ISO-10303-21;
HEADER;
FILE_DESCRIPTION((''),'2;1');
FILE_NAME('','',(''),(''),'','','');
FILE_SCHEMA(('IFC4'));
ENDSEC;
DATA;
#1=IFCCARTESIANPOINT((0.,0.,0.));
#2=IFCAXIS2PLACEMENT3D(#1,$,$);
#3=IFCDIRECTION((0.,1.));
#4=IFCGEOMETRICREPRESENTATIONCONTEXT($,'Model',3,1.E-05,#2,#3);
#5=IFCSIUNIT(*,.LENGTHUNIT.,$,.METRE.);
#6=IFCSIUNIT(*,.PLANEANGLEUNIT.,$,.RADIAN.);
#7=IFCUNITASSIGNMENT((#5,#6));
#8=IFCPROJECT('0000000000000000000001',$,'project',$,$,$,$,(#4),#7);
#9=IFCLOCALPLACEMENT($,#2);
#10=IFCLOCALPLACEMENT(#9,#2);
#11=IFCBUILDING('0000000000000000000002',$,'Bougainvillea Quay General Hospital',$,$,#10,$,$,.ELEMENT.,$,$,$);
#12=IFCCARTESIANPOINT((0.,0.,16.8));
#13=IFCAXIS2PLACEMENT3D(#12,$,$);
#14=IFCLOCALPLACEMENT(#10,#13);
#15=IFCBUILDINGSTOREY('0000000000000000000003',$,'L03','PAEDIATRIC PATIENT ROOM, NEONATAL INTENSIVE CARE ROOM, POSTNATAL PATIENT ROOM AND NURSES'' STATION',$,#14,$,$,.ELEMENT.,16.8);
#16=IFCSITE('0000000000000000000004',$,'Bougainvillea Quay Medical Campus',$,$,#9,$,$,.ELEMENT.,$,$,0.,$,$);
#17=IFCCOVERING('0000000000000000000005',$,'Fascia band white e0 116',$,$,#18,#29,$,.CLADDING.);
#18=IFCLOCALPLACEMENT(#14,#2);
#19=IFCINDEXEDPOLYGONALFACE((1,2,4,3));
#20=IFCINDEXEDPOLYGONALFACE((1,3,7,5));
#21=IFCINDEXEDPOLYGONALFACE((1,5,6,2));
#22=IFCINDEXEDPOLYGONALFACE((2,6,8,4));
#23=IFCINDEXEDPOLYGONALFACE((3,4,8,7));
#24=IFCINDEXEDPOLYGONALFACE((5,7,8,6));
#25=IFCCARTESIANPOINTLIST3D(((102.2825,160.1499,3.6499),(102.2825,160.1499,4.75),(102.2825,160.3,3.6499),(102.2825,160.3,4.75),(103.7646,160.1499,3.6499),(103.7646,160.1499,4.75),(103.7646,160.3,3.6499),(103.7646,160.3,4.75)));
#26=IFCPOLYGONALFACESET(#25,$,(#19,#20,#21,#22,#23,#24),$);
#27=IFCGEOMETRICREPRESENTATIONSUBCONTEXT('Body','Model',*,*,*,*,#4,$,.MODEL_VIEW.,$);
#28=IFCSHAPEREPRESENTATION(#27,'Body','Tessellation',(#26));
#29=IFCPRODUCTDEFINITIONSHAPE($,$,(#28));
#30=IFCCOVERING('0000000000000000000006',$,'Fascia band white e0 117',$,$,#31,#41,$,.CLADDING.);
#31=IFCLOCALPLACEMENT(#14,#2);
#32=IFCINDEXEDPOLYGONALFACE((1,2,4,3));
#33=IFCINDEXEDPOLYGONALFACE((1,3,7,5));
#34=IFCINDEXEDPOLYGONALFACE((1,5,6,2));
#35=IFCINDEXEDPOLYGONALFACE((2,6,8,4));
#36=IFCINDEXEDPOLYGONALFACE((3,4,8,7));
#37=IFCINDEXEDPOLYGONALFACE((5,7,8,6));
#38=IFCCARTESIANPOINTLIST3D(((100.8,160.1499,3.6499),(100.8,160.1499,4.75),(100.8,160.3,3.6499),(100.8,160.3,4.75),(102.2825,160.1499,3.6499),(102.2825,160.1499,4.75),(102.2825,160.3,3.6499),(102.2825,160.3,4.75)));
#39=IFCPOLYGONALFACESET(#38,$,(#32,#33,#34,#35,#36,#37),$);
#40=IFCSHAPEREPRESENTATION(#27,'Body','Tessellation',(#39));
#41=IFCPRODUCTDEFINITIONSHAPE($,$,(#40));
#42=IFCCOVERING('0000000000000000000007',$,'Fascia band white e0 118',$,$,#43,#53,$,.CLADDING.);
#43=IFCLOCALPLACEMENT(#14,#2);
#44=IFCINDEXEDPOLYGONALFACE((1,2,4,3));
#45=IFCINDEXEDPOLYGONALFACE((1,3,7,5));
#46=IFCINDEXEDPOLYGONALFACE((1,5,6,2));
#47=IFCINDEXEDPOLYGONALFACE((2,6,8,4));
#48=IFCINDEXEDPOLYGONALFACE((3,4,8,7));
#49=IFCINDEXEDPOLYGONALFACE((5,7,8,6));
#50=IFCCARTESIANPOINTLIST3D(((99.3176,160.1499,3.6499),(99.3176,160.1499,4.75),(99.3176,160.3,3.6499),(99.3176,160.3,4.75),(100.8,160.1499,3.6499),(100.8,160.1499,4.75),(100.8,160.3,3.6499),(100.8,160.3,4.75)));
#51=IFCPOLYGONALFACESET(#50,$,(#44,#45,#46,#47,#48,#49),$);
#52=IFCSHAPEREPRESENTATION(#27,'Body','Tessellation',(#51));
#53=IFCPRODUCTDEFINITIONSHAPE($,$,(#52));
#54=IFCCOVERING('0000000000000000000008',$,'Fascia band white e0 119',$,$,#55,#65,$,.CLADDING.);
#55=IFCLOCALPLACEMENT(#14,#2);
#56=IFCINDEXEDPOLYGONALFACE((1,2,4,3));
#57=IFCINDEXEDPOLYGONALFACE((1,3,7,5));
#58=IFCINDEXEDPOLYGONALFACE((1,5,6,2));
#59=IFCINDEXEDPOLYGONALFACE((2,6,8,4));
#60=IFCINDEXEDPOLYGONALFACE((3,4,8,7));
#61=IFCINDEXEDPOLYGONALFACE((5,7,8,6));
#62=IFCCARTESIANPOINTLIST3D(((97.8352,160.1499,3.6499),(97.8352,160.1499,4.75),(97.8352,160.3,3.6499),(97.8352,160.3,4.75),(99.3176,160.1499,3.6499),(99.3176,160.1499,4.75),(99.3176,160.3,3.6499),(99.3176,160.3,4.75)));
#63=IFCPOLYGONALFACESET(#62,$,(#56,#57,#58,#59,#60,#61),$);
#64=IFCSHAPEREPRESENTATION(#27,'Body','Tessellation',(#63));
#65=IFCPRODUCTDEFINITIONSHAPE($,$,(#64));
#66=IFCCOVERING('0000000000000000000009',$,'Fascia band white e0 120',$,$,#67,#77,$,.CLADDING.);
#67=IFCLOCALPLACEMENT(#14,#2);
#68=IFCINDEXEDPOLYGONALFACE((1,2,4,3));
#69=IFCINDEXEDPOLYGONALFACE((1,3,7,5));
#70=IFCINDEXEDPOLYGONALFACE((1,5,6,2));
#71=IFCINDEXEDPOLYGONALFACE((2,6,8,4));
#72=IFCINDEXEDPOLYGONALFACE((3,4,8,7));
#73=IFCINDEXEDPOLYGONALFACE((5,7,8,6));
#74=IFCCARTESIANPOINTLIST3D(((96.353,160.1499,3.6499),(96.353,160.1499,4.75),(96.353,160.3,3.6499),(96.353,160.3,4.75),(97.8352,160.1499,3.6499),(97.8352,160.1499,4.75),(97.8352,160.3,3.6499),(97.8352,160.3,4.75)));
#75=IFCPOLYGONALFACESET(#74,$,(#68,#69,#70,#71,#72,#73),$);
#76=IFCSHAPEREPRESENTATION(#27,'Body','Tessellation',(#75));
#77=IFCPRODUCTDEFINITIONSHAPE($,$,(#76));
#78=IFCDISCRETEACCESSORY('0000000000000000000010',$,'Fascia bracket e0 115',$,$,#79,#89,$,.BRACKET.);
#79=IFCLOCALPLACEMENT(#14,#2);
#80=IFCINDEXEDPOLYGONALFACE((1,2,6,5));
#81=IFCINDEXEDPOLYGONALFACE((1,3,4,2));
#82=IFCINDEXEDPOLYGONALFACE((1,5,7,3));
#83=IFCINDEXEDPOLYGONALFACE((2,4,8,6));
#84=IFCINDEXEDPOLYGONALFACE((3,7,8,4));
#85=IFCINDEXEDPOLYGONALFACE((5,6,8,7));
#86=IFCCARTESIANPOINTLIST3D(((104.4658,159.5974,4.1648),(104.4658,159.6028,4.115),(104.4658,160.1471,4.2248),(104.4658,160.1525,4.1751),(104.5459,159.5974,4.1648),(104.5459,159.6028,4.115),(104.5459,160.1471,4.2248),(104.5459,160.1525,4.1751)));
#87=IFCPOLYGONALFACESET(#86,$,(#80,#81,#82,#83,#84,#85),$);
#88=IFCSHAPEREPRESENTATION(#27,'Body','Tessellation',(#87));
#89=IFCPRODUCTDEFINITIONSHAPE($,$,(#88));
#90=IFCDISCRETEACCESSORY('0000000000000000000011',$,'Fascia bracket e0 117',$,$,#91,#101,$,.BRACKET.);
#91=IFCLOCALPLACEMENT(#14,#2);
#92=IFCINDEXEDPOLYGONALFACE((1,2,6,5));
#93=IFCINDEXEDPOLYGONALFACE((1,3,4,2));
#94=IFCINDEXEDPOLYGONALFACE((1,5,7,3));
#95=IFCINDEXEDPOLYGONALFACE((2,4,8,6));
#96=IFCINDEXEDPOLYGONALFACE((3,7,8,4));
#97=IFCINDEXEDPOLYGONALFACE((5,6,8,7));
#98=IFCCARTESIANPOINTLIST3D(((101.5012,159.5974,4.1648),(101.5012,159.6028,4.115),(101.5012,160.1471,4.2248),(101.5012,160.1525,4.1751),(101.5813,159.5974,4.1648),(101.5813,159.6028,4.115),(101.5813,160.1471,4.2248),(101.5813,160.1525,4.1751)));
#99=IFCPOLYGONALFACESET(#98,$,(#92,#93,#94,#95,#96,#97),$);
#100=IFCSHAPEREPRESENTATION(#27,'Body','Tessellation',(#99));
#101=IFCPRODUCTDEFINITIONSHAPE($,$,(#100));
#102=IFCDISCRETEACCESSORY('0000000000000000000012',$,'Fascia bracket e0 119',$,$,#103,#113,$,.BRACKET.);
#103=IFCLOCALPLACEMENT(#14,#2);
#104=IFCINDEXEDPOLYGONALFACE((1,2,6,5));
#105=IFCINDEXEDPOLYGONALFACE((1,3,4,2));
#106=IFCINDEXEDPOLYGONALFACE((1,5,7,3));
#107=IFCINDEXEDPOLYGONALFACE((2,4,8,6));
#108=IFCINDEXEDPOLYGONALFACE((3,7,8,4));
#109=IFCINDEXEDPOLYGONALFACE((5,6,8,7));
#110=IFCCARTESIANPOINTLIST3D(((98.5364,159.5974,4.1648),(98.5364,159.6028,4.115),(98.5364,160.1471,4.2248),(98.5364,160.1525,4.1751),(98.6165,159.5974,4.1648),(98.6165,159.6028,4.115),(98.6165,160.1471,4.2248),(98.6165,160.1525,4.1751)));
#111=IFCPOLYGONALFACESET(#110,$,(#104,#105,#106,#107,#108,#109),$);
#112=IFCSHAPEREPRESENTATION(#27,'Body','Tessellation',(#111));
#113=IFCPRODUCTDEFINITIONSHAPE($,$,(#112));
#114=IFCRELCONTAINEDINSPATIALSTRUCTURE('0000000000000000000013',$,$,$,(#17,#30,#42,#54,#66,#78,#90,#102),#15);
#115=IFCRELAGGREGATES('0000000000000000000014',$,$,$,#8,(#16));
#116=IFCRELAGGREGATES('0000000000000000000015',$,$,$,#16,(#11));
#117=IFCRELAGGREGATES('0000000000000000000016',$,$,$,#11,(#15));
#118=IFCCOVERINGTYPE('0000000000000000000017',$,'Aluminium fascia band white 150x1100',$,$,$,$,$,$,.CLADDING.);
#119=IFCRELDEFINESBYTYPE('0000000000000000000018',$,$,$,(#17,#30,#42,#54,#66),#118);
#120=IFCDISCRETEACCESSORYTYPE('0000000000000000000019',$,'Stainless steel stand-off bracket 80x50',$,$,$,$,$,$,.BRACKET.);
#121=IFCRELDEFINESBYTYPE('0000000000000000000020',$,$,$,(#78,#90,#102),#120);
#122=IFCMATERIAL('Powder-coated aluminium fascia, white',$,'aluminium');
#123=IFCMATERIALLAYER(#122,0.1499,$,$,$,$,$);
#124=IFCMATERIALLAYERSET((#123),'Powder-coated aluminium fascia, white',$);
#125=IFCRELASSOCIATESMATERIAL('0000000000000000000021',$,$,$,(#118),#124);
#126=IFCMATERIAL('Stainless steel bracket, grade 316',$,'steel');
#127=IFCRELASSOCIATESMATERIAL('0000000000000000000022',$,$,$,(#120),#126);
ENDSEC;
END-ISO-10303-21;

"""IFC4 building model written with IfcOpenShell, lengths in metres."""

from ifc_helpers import new_model, si_unit, direction, frame, origin, origin_2d, place, context, subcontext, project, spatial, polyline, rectangle, outline, extrude, material, layer, layer_set, material_profile, profile_set, type_object, element, save


model = new_model("IFC4")

# Units and contexts
model_context = context("Model", 3, precision=1e-05, world=origin(), true_north=direction((0.0, 1.0)))
body_context = subcontext(model_context, "Body", "Model", "MODEL_VIEW")
ifc_project = project(units=[si_unit("LENGTHUNIT", "METRE"), si_unit("PLANEANGLEUNIT", "RADIAN")], contexts=[model_context])

# Site, building, storey
site_placement = place(None, origin())
site = spatial("IfcSite", under=ifc_project, at=site_placement, Name="Bougainvillea Quay Medical Campus", CompositionType="ELEMENT", RefElevation=0.0)
building_placement = place(site_placement, origin())
building = spatial("IfcBuilding", under=site, at=building_placement, Name="Bougainvillea Quay General Hospital", CompositionType="ELEMENT")
storey_placement = place(building_placement, frame((0.0, 0.0, 16.8)))
storey = spatial("IfcBuildingStorey", under=building, at=storey_placement, Name="L03", Description="PAEDIATRIC PATIENT ROOM, NEONATAL INTENSIVE CARE ROOM, POSTNATAL PATIENT ROOM AND NURSES' STATION", CompositionType="ELEMENT", Elevation=16.8)

# Coverings
ifc_material_1 = material(Name="Powder-coated aluminium fascia, white", Category="aluminium")
ifc_layer_1 = layer(ifc_material_1, 0.1499)
ifc_layer_set_1 = layer_set([ifc_layer_1], Name="Powder-coated aluminium fascia, white")
covering_type = type_object("IfcCoveringType", Name="Aluminium fascia band white 150x1100", PredefinedType="CLADDING", material=ifc_layer_set_1)
covering_1_placement = place(storey_placement, frame((103.7646, 160.1499, 3.6499), z_axis=(0.0, 0.0, 1.0), x_axis=(-1.0, 0.0, 0.0)))
element("IfcCovering", 1, at=covering_1_placement, inside=storey, type_object=covering_type, Name="Fascia band white e0 116", PredefinedType="CLADDING", context=body_context, shape_type="SweptSolid", body=[
    extrude(outline(polyline([(0.0, 0.0), (1.4822, 0.0), (1.4822, -0.1501), (0.0, -0.1501), (0.0, 0.0)])), origin(), (0.0, 0.0, 1.0), 1.1001),
])
for number, where, z_axis, x_axis, name in (
    (2, (102.2825, 160.1499, 3.6499), (0.0, 0.0, 1.0), (-1.0, 0.0, 0.0), "Fascia band white e0 117"),
    (3, (100.8, 160.1499, 3.6499), (0.0, 0.0, 1.0), (-1.0, 0.0, 0.0), "Fascia band white e0 118"),
    (4, (99.3176, 160.1499, 3.6499), (0.0, 0.0, 1.0), (-1.0, 0.0, 0.0), "Fascia band white e0 119"),
):
    element("IfcCovering", number, at=place(storey_placement, frame(where, z_axis=z_axis, x_axis=x_axis)), inside=storey, type_object=covering_type, Name=name, PredefinedType="CLADDING", context=body_context, shape_type="SweptSolid", body=[
        extrude(outline(polyline([(0.0, 0.0), (1.4824, 0.0), (1.4824, -0.1501), (0.0, -0.1501), (0.0, 0.0)])), origin(), (0.0, 0.0, 1.0), 1.1001),
    ])
covering_2_placement = place(storey_placement, frame((97.8352, 160.1499, 3.6499), z_axis=(0.0, 0.0, 1.0), x_axis=(-1.0, 0.0, 0.0)))
element("IfcCovering", 5, at=covering_2_placement, inside=storey, type_object=covering_type, Name="Fascia band white e0 120", PredefinedType="CLADDING", context=body_context, shape_type="SweptSolid", body=[
    extrude(outline(polyline([(0.0, 0.0), (1.4822, 0.0), (1.4822, -0.1501), (0.0, -0.1501), (0.0, 0.0)])), origin(), (0.0, 0.0, 1.0), 1.1001),
])

# Discrete accessories
ifc_material_2 = material(Name="Stainless steel bracket, grade 316", Category="steel")
ifc_material_profile_1 = material_profile(ifc_material_2, rectangle(XDim=0.0801, YDim=0.05, at=origin_2d()))
ifc_profile_set_1 = profile_set([ifc_material_profile_1], Name="Stainless steel bracket, grade 316")
discrete_accessory_type = type_object("IfcDiscreteAccessoryType", Name="Stainless steel stand-off bracket 80x50", PredefinedType="BRACKET", material=ifc_profile_set_1)
for number, where, z_axis, x_axis, name in (
    (6, (104.5059, 159.6001, 4.1399), (0.0, 0.994087, 0.10859), (-1.0, 0.0, 0.0), "Fascia bracket e0 115"),
    (7, (101.5413, 159.6001, 4.1399), (0.0, 0.994087, 0.10859), (-1.0, 0.0, 0.0), "Fascia bracket e0 117"),
    (8, (98.5764, 159.6001, 4.1399), (0.0, 0.994087, 0.10859), (-1.0, 0.0, 0.0), "Fascia bracket e0 119"),
):
    element("IfcDiscreteAccessory", number, at=place(storey_placement, frame(where, z_axis=z_axis, x_axis=x_axis)), inside=storey, type_object=discrete_accessory_type, Name=name, PredefinedType="BRACKET", context=body_context, shape_type="SweptSolid", body=[
        extrude(rectangle(XDim=0.0801, YDim=0.05, at=origin_2d()), origin(), (0.0, 0.0, 1.0), 0.553),
    ])

save(model, "model.ifc")
